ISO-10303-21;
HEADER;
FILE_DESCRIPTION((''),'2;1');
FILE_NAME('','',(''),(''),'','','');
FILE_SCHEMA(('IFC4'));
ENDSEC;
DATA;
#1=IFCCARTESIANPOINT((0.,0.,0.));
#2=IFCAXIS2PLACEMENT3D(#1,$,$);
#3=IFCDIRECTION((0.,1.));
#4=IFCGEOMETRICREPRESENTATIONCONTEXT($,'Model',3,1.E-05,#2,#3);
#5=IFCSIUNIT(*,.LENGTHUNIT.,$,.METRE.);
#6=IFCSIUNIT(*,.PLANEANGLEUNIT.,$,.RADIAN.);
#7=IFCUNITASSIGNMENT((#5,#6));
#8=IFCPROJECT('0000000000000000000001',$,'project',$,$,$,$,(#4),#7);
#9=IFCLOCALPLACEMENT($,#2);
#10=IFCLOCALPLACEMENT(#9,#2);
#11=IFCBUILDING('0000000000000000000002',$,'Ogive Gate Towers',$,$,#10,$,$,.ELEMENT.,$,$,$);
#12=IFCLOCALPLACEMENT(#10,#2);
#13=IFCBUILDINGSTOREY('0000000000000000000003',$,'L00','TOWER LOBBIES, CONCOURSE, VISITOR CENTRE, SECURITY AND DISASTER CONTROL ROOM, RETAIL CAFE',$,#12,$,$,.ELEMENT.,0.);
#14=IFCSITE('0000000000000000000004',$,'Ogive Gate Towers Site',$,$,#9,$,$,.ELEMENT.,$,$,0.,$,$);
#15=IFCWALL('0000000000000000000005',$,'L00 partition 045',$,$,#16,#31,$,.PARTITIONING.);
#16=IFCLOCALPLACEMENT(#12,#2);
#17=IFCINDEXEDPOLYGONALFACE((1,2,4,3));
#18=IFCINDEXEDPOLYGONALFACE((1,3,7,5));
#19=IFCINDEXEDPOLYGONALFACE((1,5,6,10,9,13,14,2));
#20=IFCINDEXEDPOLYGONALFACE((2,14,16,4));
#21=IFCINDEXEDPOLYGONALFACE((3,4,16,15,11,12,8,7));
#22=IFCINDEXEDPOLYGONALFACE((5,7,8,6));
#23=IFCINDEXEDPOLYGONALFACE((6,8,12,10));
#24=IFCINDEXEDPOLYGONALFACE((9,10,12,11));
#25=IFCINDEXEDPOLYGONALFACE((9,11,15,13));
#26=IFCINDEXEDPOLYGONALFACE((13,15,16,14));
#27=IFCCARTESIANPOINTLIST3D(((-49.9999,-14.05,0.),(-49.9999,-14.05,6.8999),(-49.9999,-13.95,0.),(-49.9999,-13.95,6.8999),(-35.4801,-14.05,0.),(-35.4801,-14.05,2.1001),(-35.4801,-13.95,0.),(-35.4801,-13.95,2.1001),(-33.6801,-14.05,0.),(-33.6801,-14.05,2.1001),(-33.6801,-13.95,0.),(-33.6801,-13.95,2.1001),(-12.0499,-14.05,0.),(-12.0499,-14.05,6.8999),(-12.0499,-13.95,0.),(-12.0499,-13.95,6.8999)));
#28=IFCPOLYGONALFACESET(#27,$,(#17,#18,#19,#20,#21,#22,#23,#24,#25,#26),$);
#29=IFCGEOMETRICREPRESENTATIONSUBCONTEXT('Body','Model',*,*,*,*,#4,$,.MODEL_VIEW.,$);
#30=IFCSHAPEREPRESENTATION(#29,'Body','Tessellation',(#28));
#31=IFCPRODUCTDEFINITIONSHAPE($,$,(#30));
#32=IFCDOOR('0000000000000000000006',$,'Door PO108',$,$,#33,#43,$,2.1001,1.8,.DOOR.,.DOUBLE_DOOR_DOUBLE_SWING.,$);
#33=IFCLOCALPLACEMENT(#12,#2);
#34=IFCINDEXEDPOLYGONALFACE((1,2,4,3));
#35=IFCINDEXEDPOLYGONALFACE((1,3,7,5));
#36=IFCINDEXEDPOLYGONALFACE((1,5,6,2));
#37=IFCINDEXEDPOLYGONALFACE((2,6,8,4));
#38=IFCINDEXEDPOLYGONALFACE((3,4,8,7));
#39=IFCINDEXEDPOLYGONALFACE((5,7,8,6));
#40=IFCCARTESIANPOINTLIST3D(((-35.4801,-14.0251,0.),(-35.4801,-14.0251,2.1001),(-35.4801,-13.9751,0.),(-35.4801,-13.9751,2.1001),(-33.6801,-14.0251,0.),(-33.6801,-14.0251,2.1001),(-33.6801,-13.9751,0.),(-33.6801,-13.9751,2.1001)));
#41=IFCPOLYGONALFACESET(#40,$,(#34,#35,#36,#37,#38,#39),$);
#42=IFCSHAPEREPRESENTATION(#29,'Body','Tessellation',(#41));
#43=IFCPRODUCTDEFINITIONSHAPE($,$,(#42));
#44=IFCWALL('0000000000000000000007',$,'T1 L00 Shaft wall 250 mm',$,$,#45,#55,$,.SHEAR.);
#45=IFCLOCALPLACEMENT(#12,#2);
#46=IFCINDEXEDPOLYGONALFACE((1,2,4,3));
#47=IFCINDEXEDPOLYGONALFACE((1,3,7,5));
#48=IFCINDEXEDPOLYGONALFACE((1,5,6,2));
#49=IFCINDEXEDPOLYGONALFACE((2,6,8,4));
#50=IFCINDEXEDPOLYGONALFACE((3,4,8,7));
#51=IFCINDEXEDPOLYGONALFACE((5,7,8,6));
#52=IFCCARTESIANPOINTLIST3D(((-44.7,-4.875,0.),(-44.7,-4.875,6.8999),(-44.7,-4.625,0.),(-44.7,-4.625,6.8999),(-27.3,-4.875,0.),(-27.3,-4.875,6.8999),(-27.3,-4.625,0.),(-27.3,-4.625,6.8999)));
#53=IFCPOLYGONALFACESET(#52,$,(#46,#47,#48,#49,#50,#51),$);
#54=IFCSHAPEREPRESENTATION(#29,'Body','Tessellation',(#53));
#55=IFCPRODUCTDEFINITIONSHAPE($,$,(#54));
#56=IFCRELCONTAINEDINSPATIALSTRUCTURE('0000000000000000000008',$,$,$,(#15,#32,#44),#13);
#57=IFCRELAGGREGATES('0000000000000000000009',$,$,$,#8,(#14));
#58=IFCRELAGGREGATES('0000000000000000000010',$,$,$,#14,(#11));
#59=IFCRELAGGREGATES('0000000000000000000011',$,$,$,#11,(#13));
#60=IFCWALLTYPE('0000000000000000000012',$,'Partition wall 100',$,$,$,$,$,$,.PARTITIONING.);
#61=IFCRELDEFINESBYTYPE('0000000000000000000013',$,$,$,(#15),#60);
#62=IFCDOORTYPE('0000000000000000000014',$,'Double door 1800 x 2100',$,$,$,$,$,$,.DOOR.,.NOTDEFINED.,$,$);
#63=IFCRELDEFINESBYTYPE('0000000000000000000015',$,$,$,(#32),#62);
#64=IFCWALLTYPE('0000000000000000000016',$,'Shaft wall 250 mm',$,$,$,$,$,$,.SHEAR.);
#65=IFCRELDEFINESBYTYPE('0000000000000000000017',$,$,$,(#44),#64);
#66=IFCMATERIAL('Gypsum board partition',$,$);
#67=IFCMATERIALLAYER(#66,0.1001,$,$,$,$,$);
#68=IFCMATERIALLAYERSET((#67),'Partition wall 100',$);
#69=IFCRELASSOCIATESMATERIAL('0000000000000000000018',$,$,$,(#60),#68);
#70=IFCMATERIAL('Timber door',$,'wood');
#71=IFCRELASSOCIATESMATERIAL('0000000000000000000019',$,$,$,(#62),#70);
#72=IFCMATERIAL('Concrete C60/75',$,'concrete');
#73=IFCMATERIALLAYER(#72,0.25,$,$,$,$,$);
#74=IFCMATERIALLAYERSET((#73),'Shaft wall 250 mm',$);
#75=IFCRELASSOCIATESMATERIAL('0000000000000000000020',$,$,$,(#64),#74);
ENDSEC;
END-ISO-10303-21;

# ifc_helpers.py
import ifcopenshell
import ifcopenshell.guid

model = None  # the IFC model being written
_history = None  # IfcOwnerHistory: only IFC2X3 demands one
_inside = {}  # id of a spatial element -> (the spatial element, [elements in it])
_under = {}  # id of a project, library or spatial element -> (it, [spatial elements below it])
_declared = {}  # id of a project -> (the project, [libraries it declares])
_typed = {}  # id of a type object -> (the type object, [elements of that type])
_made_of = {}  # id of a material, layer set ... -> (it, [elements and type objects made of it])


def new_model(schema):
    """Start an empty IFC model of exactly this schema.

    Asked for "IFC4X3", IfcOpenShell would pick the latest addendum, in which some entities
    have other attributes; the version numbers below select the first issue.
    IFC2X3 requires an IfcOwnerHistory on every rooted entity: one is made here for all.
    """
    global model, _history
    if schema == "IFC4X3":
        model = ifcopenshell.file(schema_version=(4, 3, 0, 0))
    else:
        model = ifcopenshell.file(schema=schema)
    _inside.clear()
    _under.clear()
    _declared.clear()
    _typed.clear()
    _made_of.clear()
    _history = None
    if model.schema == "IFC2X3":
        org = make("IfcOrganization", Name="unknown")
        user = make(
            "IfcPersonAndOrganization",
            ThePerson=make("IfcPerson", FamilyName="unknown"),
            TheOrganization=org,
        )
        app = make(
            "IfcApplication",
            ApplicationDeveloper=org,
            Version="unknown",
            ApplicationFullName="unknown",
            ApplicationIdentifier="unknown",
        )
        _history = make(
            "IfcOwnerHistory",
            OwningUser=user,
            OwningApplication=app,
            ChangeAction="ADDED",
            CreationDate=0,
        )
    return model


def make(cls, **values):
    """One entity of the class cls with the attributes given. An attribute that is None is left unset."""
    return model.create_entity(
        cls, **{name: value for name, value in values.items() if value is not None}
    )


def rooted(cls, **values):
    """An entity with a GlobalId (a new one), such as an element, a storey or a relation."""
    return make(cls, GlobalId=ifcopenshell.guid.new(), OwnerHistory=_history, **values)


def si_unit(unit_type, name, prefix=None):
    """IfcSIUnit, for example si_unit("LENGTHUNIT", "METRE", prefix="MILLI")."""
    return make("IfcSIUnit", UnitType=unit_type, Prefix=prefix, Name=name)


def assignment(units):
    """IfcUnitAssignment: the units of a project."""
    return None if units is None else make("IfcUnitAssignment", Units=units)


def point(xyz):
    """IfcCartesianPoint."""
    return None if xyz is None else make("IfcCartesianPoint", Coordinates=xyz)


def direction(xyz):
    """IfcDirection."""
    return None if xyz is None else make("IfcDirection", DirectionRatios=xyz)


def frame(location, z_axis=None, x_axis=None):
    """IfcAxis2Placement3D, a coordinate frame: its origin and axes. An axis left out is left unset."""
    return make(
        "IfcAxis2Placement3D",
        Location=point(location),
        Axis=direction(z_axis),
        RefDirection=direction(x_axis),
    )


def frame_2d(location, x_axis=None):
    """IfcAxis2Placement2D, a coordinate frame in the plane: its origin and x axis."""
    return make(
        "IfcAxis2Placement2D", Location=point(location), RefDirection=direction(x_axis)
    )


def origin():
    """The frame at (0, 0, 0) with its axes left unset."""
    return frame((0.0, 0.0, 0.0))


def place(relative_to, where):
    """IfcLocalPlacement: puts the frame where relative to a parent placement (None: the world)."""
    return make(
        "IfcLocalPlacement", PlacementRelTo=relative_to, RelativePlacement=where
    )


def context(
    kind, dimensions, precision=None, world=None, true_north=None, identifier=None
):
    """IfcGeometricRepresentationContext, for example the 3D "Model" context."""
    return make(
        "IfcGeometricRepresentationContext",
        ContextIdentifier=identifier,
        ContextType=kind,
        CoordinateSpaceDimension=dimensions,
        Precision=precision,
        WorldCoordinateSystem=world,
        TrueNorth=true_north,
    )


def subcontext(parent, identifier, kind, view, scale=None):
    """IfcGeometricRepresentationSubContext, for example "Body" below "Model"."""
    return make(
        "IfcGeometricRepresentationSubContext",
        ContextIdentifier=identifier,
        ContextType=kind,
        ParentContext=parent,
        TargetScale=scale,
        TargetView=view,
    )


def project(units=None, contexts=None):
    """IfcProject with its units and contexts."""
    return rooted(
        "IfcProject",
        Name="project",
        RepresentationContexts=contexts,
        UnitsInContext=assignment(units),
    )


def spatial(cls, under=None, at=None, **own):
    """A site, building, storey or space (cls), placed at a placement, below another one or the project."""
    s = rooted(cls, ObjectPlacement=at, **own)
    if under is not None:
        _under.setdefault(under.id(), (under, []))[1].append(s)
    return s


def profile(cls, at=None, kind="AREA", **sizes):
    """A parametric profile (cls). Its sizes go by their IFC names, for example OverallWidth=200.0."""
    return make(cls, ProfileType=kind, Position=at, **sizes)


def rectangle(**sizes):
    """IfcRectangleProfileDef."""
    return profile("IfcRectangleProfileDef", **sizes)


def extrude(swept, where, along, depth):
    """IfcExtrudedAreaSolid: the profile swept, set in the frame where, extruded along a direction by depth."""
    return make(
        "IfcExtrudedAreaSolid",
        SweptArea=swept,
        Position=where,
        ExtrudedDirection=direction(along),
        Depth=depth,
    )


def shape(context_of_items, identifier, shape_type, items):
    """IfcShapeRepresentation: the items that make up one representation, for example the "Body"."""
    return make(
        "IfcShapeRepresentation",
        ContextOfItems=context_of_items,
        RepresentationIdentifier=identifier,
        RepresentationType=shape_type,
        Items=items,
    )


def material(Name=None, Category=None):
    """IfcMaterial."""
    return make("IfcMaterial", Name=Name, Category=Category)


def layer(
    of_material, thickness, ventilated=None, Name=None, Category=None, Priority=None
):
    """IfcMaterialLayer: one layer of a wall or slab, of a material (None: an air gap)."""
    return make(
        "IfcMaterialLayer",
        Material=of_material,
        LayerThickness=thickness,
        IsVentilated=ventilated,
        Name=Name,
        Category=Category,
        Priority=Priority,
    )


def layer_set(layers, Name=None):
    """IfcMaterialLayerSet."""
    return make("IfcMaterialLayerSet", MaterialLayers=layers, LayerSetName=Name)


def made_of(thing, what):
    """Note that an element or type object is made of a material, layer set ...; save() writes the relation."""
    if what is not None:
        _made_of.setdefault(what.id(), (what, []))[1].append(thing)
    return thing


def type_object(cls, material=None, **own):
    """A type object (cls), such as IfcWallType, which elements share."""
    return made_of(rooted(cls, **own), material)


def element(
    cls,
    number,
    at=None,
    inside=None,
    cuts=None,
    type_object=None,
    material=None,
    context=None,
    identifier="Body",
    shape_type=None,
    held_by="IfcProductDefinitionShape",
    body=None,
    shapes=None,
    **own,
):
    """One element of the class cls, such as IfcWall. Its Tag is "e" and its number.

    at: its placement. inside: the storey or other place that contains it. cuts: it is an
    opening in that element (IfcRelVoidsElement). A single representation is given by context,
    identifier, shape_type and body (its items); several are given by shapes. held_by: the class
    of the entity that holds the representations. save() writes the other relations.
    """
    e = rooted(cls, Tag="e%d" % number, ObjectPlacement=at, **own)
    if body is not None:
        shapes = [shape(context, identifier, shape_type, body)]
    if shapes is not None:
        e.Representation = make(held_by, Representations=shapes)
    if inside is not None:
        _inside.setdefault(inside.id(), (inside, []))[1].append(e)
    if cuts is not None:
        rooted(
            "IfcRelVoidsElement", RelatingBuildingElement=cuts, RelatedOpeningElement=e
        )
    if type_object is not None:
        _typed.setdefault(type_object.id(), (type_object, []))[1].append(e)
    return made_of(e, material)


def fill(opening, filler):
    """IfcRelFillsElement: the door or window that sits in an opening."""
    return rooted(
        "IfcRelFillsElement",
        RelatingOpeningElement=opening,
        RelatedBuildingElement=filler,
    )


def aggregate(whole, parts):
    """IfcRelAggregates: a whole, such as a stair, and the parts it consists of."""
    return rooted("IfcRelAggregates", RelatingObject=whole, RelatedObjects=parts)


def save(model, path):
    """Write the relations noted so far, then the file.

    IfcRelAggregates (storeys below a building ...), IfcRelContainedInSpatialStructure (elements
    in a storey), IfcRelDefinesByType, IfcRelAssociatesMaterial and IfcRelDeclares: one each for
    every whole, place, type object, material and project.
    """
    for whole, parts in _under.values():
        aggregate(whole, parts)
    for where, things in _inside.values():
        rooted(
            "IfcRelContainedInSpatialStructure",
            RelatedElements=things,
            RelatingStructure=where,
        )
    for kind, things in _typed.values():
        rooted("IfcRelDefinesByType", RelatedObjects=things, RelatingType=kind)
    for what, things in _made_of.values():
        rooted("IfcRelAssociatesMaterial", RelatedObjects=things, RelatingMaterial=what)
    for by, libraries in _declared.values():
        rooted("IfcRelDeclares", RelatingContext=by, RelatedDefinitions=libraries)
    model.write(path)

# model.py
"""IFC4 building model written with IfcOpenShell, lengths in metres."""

from ifc_helpers import new_model, si_unit, direction, frame, frame_2d, origin, place, context, subcontext, project, spatial, rectangle, extrude, material, layer, layer_set, type_object, element, fill, save


model = new_model("IFC4")

# Units and contexts
model_context = context("Model", 3, precision=1e-05, world=origin(), true_north=direction((0.0, 1.0)))
body_context = subcontext(model_context, "Body", "Model", "MODEL_VIEW")
ifc_project = project(units=[si_unit("LENGTHUNIT", "METRE"), si_unit("PLANEANGLEUNIT", "RADIAN")], contexts=[model_context])

# Site, building, storey
site_placement = place(None, origin())
site = spatial("IfcSite", under=ifc_project, at=site_placement, Name="Ogive Gate Towers Site", CompositionType="ELEMENT", RefElevation=0.0)
building_placement = place(site_placement, origin())
building = spatial("IfcBuilding", under=site, at=building_placement, Name="Ogive Gate Towers", CompositionType="ELEMENT")
storey_placement = place(building_placement, origin())
storey = spatial("IfcBuildingStorey", under=building, at=storey_placement, Name="L00", Description="TOWER LOBBIES, CONCOURSE, VISITOR CENTRE, SECURITY AND DISASTER CONTROL ROOM, RETAIL CAFE", CompositionType="ELEMENT", Elevation=0.0)

# Shared definitions
ifc_material_1 = material(Name="Concrete C60/75", Category="concrete")
ifc_material_2 = material(Name="Timber door", Category="wood")

# Shared definitions
ifc_material_3 = material(Name="Gypsum board partition")
ifc_layer_1 = layer(ifc_material_3, 0.1001)
ifc_layer_set_1 = layer_set([ifc_layer_1], Name="Partition wall 100")
wall_type_1 = type_object("IfcWallType", Name="Partition wall 100", PredefinedType="PARTITIONING", material=ifc_layer_set_1)

# Wall, opening, door
wall_1_placement = place(storey_placement, frame((-50.0, -14.0, 0.0), z_axis=(0.0, 0.0, 1.0), x_axis=(1.0, 0.0, 0.0)))
wall_1 = element("IfcWall", 1, at=wall_1_placement, inside=storey, type_object=wall_type_1, Name="L00 partition 045", PredefinedType="PARTITIONING", context=body_context, shape_type="SweptSolid", body=[
    extrude(rectangle(XDim=37.95, YDim=0.1001, at=frame_2d((18.9751, 0.0))), origin(), (0.0, 0.0, 1.0), 6.8999),
])
opening_1_placement = place(wall_1_placement, frame((14.52, 0.0, 0.0)))
opening_1 = element("IfcOpeningElement", 2, at=opening_1_placement, cuts=wall_1, PredefinedType="OPENING", context=body_context, shape_type="SweptSolid", body=[
    extrude(rectangle(XDim=1.8, YDim=2.1001, at=frame_2d((0.8999, 1.05))), frame((0.0, 0.0601, 0.0), z_axis=(0.0, -1.0, 0.0), x_axis=(1.0, 0.0, 0.0)), (0.0, 0.0, 1.0), 0.1201),
])
door_type_1 = type_object("IfcDoorType", Name="Double door 1800 x 2100", OperationType="NOTDEFINED", PredefinedType="DOOR", material=ifc_material_2)
door_1_placement = place(opening_1_placement, origin())
door_1 = element("IfcDoor", 3, at=door_1_placement, inside=storey, type_object=door_type_1, Name="Door PO108", OperationType="DOUBLE_DOOR_DOUBLE_SWING", OverallHeight=2.1001, OverallWidth=1.8, PredefinedType="DOOR", context=body_context, shape_type="SweptSolid", body=[
    extrude(rectangle(XDim=1.8, YDim=2.1001, at=frame_2d((0.8999, 1.05))), frame((0.0, 0.0249, 0.0), z_axis=(0.0, -1.0, 0.0), x_axis=(1.0, 0.0, 0.0)), (0.0, 0.0, 1.0), 0.05),
])
fill(opening_1, door_1)

# Wall
ifc_layer_2 = layer(ifc_material_1, 0.25)
ifc_layer_set_2 = layer_set([ifc_layer_2], Name="Shaft wall 250 mm")
wall_type_2 = type_object("IfcWallType", Name="Shaft wall 250 mm", PredefinedType="SHEAR", material=ifc_layer_set_2)
wall_2_placement = place(storey_placement, frame((-44.7, -4.75, 0.0), z_axis=(0.0, 0.0, 1.0), x_axis=(1.0, 0.0, 0.0)))
element("IfcWall", 4, at=wall_2_placement, inside=storey, type_object=wall_type_2, Name="T1 L00 Shaft wall 250 mm", PredefinedType="SHEAR", context=body_context, shape_type="SweptSolid", body=[
    extrude(rectangle(XDim=17.3999, YDim=0.25, at=frame_2d((8.7, 0.0))), origin(), (0.0, 0.0, 1.0), 6.8999),
])

save(model, "model.ifc")
